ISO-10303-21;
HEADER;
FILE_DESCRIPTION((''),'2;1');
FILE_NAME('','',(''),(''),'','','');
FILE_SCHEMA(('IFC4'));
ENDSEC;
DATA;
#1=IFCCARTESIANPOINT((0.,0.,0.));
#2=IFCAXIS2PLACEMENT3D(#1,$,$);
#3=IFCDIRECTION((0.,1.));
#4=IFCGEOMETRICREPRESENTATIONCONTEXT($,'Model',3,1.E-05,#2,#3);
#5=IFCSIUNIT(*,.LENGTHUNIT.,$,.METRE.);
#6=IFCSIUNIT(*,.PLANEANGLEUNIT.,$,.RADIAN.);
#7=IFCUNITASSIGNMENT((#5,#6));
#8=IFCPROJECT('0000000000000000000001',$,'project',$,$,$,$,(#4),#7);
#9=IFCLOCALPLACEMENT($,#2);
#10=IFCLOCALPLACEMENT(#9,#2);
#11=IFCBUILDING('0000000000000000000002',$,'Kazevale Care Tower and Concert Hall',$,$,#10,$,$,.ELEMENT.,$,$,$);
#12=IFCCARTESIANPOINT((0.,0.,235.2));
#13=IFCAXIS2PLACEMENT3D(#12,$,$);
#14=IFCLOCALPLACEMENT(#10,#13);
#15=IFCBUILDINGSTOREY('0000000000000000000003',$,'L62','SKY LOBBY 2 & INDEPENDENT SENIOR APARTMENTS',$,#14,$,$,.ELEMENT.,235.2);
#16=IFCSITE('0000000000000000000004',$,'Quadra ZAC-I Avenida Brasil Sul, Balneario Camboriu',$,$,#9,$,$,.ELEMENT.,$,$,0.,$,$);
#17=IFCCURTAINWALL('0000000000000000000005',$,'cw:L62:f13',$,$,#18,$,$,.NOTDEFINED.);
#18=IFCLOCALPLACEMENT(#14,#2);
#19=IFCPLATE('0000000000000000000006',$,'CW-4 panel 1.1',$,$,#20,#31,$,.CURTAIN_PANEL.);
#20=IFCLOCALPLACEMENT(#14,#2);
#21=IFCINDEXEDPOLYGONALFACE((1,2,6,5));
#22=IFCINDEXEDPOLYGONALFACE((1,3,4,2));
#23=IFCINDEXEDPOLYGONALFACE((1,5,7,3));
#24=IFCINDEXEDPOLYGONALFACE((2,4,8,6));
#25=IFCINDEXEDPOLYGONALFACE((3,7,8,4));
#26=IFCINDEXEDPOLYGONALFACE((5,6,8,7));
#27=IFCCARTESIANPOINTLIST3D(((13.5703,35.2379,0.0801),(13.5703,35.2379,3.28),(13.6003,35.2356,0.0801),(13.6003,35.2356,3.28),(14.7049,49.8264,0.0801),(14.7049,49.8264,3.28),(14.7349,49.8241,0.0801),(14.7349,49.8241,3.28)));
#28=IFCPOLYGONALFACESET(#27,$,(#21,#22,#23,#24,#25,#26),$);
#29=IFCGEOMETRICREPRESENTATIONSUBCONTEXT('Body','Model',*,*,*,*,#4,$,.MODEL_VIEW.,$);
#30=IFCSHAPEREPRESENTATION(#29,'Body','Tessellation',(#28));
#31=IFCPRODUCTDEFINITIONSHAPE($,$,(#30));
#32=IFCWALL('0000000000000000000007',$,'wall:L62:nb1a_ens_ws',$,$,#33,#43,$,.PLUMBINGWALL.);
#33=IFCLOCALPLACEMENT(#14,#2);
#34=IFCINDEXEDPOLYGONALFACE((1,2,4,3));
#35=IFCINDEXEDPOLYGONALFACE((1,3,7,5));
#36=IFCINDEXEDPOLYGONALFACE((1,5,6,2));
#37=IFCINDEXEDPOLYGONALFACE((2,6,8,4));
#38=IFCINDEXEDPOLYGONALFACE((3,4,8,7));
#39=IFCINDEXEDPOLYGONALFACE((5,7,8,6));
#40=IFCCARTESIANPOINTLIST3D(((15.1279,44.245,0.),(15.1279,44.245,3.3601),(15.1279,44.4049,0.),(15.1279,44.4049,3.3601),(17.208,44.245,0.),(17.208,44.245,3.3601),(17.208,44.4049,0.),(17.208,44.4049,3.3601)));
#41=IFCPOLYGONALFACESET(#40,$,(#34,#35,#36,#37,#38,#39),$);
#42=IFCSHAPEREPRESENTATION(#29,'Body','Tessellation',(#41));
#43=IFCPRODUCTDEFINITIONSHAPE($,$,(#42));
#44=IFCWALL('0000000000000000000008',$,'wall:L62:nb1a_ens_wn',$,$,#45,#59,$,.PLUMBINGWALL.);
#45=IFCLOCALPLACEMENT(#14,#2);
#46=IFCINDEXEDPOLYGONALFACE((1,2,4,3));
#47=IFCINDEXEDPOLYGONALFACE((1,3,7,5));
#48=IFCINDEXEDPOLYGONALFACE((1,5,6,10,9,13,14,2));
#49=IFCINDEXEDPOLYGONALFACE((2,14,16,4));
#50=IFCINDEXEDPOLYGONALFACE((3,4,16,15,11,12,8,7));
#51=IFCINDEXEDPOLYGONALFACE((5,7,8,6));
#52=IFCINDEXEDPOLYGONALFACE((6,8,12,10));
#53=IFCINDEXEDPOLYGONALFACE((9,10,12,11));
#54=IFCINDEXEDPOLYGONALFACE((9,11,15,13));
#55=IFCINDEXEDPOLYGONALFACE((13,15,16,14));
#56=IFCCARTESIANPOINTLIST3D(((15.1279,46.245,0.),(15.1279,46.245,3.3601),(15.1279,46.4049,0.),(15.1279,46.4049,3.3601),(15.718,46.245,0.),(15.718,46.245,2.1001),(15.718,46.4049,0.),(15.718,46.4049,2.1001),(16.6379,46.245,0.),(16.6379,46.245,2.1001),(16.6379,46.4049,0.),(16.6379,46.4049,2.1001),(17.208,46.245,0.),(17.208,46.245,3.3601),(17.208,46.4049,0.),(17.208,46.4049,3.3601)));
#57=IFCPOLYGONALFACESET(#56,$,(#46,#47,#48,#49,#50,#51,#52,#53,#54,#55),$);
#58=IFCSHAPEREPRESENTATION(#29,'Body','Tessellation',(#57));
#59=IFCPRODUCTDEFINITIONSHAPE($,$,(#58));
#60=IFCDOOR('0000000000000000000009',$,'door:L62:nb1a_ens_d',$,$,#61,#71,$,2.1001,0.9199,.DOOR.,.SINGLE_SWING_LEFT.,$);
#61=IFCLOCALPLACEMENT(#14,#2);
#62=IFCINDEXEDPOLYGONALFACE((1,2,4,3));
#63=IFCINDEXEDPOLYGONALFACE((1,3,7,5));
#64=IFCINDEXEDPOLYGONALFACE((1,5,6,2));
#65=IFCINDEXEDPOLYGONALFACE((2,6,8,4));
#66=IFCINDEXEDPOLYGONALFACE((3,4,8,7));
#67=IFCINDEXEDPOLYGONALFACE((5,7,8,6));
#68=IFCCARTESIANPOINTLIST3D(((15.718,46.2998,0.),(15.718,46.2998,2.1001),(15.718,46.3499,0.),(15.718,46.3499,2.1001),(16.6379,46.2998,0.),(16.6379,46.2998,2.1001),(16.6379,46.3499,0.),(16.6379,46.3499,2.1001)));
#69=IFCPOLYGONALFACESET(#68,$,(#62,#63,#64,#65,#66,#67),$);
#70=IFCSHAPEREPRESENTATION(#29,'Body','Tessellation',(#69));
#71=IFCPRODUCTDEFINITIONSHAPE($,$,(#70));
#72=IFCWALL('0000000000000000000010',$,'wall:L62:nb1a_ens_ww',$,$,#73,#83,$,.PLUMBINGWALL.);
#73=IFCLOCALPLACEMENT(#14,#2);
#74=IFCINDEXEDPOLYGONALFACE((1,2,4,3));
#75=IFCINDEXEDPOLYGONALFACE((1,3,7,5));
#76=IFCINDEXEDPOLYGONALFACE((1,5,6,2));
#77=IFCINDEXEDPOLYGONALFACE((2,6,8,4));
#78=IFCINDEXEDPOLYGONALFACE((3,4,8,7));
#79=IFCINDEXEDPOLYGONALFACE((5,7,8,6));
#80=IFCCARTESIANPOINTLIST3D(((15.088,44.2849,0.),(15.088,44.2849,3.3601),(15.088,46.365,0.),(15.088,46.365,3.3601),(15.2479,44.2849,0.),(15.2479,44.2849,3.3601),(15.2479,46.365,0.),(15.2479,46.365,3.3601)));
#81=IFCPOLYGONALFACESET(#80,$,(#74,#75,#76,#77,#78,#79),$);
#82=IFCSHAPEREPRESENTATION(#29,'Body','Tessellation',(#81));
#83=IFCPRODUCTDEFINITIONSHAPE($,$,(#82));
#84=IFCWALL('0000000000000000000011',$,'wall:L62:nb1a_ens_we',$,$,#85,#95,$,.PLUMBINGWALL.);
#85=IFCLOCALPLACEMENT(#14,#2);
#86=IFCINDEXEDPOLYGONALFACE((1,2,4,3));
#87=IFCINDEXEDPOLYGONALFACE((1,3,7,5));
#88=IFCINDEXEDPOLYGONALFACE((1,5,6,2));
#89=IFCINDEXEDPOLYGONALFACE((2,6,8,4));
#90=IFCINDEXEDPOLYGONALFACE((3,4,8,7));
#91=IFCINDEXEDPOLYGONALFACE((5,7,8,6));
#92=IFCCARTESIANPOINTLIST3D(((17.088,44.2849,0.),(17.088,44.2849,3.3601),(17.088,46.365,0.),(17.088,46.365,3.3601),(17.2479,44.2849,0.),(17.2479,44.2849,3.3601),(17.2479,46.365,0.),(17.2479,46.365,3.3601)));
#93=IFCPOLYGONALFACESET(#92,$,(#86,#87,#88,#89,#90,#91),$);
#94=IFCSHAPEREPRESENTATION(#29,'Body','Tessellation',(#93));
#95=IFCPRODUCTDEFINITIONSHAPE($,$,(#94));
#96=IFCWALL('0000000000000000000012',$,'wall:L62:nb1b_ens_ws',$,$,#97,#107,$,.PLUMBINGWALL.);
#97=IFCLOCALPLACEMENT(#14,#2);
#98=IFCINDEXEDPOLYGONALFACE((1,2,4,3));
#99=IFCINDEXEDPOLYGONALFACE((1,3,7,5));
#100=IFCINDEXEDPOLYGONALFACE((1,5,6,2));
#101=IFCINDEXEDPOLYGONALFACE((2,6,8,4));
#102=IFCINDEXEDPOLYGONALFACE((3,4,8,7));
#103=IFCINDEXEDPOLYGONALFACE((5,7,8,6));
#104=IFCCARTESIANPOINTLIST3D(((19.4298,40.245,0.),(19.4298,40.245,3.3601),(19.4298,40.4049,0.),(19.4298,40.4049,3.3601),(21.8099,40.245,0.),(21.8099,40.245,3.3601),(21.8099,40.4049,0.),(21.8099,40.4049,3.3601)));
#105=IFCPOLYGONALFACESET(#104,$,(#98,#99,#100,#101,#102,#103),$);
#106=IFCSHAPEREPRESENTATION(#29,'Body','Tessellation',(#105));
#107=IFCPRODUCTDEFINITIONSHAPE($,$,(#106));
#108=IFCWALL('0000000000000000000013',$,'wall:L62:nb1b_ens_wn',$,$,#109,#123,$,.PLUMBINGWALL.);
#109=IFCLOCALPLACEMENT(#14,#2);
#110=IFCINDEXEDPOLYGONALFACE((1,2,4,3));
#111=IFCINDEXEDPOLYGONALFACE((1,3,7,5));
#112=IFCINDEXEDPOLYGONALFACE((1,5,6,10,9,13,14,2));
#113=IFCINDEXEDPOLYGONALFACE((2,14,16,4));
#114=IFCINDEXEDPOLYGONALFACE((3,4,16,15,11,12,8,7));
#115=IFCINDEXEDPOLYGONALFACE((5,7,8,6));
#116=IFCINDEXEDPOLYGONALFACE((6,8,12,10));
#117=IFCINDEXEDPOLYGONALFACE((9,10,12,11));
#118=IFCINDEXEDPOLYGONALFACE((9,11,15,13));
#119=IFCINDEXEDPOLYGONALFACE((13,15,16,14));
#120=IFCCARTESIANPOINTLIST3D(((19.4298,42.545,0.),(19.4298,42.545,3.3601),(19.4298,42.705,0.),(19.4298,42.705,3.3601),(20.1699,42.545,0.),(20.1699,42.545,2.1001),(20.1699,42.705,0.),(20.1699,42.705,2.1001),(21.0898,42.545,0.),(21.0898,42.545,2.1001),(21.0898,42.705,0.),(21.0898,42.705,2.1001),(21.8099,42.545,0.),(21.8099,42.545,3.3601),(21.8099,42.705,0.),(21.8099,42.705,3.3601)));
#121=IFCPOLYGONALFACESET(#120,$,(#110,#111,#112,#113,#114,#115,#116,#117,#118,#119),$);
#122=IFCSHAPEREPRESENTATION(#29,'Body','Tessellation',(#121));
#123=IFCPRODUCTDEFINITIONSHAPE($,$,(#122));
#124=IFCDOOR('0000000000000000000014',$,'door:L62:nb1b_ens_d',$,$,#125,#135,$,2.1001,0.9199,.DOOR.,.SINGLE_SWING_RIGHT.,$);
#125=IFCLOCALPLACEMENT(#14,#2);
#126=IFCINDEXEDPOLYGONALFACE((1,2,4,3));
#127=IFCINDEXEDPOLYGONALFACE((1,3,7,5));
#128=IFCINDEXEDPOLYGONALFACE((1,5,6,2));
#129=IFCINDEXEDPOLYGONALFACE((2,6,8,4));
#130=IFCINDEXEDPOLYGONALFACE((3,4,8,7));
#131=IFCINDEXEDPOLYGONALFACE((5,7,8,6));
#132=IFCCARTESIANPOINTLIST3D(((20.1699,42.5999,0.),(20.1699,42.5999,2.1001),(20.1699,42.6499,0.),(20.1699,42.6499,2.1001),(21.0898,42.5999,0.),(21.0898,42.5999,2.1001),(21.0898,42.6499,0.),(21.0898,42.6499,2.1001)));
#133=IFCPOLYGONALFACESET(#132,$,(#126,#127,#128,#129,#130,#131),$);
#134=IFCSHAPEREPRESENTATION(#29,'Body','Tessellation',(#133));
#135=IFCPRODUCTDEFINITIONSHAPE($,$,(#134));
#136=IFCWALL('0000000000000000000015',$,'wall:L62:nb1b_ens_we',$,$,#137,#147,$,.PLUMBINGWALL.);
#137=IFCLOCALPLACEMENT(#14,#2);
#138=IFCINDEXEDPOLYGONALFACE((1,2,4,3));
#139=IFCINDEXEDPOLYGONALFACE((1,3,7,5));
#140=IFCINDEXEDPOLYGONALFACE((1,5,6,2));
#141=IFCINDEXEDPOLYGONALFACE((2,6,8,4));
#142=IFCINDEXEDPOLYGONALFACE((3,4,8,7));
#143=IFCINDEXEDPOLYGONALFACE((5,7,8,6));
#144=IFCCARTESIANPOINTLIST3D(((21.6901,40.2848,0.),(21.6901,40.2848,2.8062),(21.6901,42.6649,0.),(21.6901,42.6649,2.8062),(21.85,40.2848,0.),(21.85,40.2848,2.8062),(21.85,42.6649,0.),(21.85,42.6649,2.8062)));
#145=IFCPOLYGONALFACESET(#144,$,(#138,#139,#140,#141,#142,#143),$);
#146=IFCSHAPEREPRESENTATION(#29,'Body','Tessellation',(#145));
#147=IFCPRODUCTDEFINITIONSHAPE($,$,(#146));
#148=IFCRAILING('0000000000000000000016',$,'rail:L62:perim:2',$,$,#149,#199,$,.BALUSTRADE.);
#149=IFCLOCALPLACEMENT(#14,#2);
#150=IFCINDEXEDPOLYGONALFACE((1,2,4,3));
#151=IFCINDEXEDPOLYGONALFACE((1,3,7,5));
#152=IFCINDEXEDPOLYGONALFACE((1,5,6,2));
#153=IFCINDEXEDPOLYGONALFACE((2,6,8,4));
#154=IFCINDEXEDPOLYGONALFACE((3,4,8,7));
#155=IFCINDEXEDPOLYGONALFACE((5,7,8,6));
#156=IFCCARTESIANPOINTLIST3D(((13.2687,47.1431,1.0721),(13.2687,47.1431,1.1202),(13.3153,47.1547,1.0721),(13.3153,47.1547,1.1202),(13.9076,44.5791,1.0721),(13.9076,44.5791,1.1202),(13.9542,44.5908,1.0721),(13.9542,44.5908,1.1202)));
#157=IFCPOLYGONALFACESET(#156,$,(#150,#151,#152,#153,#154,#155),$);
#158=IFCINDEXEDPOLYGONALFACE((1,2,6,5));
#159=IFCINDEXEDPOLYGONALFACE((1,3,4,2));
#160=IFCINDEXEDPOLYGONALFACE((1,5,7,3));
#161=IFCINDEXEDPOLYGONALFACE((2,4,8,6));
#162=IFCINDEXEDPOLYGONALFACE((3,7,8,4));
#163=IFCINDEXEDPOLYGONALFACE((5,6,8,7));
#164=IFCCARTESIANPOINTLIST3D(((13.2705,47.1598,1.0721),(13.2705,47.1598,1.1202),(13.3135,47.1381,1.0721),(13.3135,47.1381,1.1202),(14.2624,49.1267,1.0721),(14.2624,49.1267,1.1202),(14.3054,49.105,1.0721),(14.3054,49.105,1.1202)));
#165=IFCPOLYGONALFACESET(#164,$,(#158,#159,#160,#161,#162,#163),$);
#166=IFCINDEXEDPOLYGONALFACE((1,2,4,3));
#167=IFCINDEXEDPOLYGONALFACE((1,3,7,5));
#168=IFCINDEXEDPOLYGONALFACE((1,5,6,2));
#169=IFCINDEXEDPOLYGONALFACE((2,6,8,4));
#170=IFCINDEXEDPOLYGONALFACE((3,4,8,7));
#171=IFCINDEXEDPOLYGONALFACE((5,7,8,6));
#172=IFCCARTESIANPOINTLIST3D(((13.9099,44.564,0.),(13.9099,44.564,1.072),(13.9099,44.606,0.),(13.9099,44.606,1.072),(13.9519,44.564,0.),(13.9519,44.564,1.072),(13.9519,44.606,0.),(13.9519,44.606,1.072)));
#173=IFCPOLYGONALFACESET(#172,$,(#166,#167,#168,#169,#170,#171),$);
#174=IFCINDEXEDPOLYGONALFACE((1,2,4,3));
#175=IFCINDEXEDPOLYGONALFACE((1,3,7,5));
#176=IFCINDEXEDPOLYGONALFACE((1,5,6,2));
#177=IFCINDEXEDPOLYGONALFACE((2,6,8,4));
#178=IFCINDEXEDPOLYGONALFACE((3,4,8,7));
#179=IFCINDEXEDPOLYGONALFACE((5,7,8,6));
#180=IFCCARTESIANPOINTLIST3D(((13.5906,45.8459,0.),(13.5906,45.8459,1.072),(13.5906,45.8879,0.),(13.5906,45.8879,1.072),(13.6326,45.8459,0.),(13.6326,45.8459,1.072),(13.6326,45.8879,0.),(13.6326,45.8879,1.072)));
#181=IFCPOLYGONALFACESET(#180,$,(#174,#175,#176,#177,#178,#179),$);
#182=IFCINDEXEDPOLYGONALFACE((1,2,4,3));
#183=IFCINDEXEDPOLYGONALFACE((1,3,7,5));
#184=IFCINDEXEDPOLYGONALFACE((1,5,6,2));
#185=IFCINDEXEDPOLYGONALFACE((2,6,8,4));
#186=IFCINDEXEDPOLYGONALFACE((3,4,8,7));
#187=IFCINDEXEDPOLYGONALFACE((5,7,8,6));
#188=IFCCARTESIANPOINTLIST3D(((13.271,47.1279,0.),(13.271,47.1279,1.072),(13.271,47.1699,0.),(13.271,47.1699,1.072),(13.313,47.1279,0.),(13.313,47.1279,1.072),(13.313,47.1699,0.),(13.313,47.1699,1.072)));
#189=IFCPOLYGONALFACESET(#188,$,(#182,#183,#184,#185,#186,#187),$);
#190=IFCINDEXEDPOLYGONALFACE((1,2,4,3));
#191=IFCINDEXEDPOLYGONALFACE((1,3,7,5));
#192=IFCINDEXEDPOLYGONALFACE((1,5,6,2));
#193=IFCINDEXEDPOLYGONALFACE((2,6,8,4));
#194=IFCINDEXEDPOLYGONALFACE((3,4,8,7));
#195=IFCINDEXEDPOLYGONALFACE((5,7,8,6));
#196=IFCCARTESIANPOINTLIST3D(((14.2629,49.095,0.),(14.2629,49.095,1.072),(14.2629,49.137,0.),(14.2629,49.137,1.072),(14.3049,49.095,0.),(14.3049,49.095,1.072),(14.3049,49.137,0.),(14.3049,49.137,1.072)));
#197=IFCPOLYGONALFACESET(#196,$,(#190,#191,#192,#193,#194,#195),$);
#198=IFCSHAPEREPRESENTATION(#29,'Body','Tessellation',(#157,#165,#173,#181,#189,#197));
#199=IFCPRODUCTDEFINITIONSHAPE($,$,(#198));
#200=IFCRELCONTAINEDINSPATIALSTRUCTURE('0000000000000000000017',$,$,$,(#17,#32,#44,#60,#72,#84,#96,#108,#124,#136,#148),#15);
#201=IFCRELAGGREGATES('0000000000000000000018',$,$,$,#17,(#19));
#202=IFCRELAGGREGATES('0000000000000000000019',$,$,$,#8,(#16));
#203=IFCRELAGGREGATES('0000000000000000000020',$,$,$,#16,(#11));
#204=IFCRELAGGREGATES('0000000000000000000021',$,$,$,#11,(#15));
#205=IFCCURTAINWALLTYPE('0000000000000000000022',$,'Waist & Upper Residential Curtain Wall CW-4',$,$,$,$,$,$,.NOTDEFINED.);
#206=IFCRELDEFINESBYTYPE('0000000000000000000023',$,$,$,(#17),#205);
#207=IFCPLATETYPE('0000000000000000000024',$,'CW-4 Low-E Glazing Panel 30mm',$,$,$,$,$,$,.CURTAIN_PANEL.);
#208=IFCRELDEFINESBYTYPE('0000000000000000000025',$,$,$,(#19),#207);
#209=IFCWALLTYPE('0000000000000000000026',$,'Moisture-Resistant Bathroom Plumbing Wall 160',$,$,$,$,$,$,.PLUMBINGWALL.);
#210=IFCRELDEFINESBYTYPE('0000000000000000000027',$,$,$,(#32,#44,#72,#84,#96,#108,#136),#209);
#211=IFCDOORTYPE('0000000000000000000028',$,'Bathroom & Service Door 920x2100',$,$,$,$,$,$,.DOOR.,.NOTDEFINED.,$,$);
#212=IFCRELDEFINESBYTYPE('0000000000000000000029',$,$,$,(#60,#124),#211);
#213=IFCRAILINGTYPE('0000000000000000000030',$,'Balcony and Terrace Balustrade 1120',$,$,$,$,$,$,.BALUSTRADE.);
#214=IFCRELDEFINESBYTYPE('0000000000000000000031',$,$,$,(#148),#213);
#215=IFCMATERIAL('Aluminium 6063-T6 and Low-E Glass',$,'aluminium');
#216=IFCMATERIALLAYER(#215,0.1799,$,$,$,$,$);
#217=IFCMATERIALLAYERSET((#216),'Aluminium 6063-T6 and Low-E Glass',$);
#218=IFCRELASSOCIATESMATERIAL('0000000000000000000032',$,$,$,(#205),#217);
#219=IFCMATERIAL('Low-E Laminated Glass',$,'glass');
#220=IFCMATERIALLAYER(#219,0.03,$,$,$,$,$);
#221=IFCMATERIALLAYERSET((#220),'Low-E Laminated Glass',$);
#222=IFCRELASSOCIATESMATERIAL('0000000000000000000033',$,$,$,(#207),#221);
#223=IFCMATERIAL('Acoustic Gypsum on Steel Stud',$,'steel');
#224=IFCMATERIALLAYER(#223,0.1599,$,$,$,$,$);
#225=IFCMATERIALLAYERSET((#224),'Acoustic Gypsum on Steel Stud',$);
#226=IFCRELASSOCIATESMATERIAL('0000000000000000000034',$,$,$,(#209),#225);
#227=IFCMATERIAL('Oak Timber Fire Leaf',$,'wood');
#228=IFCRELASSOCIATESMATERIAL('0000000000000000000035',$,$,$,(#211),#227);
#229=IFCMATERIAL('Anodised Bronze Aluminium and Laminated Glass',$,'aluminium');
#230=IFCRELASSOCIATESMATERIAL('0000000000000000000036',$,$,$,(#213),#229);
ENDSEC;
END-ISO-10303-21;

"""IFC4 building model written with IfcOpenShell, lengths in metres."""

from ifc_helpers import new_model, si_unit, direction, frame, frame_2d, origin, origin_2d, place, context, subcontext, project, spatial, rectangle, extrude, material, layer, layer_set, type_object, element, fill, aggregate, save


model = new_model("IFC4")

# Units and contexts
model_context = context("Model", 3, precision=1e-05, world=origin(), true_north=direction((0.0, 1.0)))
body_context = subcontext(model_context, "Body", "Model", "MODEL_VIEW")
ifc_project = project(units=[si_unit("LENGTHUNIT", "METRE"), si_unit("PLANEANGLEUNIT", "RADIAN")], contexts=[model_context])

# Site, building, storey
site_placement = place(None, origin())
site = spatial("IfcSite", under=ifc_project, at=site_placement, Name="Quadra ZAC-I Avenida Brasil Sul, Balneario Camboriu", CompositionType="ELEMENT", RefElevation=0.0)
building_placement = place(site_placement, origin())
building = spatial("IfcBuilding", under=site, at=building_placement, Name="Kazevale Care Tower and Concert Hall", CompositionType="ELEMENT")
storey_placement = place(building_placement, frame((0.0, 0.0, 235.2)))
storey = spatial("IfcBuildingStorey", under=building, at=storey_placement, Name="L62", Description="SKY LOBBY 2 & INDEPENDENT SENIOR APARTMENTS", CompositionType="ELEMENT", Elevation=235.2)

# Curtain wall
ifc_material_1 = material(Name="Aluminium 6063-T6 and Low-E Glass", Category="aluminium")
ifc_layer_1 = layer(ifc_material_1, 0.1799)
ifc_layer_set_1 = layer_set([ifc_layer_1], Name="Aluminium 6063-T6 and Low-E Glass")
curtain_wall_type = type_object("IfcCurtainWallType", Name="Waist & Upper Residential Curtain Wall CW-4", PredefinedType="NOTDEFINED", material=ifc_layer_set_1)
curtain_wall_1_placement = place(storey_placement, origin())
curtain_wall_1 = element("IfcCurtainWall", 1, at=curtain_wall_1_placement, inside=storey, type_object=curtain_wall_type, Name="cw:L62:f13", PredefinedType="NOTDEFINED")

# Plate
ifc_material_2 = material(Name="Low-E Laminated Glass", Category="glass")
ifc_layer_2 = layer(ifc_material_2, 0.03)
ifc_layer_set_2 = layer_set([ifc_layer_2], Name="Low-E Laminated Glass")
plate_type = type_object("IfcPlateType", Name="CW-4 Low-E Glazing Panel 30mm", PredefinedType="CURTAIN_PANEL", material=ifc_layer_set_2)
plate_placement = place(storey_placement, frame((14.1526, 42.531, 0.0801), z_axis=(0.0, 0.0, 1.0), x_axis=(0.077539, 0.996989, 0.0)))
plate = element("IfcPlate", 2, at=plate_placement, type_object=plate_type, Name="CW-4 panel 1.1", PredefinedType="CURTAIN_PANEL", context=body_context, shape_type="SweptSolid", body=[
    extrude(rectangle(XDim=14.6326, YDim=0.03, at=origin_2d()), origin(), (0.0, 0.0, 1.0), 3.2),
])
aggregate(curtain_wall_1, [plate])

# Wall
ifc_material_3 = material(Name="Acoustic Gypsum on Steel Stud", Category="steel")
ifc_layer_3 = layer(ifc_material_3, 0.1599)
ifc_layer_set_3 = layer_set([ifc_layer_3], Name="Acoustic Gypsum on Steel Stud")
wall_type = type_object("IfcWallType", Name="Moisture-Resistant Bathroom Plumbing Wall 160", PredefinedType="PLUMBINGWALL", material=ifc_layer_set_3)
wall_1_placement = place(storey_placement, frame((15.1279, 44.325, 0.0), z_axis=(0.0, 0.0, 1.0), x_axis=(1.0, 0.0, 0.0)))
element("IfcWall", 3, at=wall_1_placement, inside=storey, type_object=wall_type, Name="wall:L62:nb1a_ens_ws", PredefinedType="PLUMBINGWALL", context=body_context, shape_type="SweptSolid", body=[
    extrude(rectangle(XDim=2.0801, YDim=0.1599, at=frame_2d((1.04, 0.0))), origin(), (0.0, 0.0, 1.0), 3.3601),
])

# Wall, opening, door
wall_2_placement = place(storey_placement, frame((15.1279, 46.325, 0.0), z_axis=(0.0, 0.0, 1.0), x_axis=(1.0, 0.0, 0.0)))
wall_2 = element("IfcWall", 4, at=wall_2_placement, inside=storey, type_object=wall_type, Name="wall:L62:nb1a_ens_wn", PredefinedType="PLUMBINGWALL", context=body_context, shape_type="SweptSolid", body=[
    extrude(rectangle(XDim=2.0801, YDim=0.1599, at=frame_2d((1.04, 0.0))), origin(), (0.0, 0.0, 1.0), 3.3601),
])
opening_1_placement = place(wall_2_placement, frame((0.5901, 0.0, 0.0)))
opening_1 = element("IfcOpeningElement", 5, at=opening_1_placement, cuts=wall_2, PredefinedType="OPENING", context=body_context, shape_type="SweptSolid", body=[
    extrude(rectangle(XDim=0.9199, YDim=2.1001, at=frame_2d((0.46, 1.05))), frame((0.0, 0.0898, 0.0), z_axis=(0.0, -1.0, 0.0), x_axis=(1.0, 0.0, 0.0)), (0.0, 0.0, 1.0), 0.1799),
])
ifc_material_4 = material(Name="Oak Timber Fire Leaf", Category="wood")
door_type = type_object("IfcDoorType", Name="Bathroom & Service Door 920x2100", OperationType="NOTDEFINED", PredefinedType="DOOR", material=ifc_material_4)
door_1_placement = place(opening_1_placement, origin())
door_1 = element("IfcDoor", 6, at=door_1_placement, inside=storey, type_object=door_type, Name="door:L62:nb1a_ens_d", OperationType="SINGLE_SWING_LEFT", OverallHeight=2.1001, OverallWidth=0.9199, PredefinedType="DOOR", context=body_context, shape_type="SweptSolid", body=[
    extrude(rectangle(XDim=0.9199, YDim=2.1001, at=frame_2d((0.46, 1.05))), frame((0.0, 0.0249, 0.0), z_axis=(0.0, -1.0, 0.0), x_axis=(1.0, 0.0, 0.0)), (0.0, 0.0, 1.0), 0.05),
])
fill(opening_1, door_1)

# Walls
for number, where, z_axis, x_axis, name in (
    (7, (15.168, 44.2849, 0.0), (0.0, 0.0, 1.0), (0.0, 1.0, 0.0), "wall:L62:nb1a_ens_ww"),
    (8, (17.168, 44.2849, 0.0), (0.0, 0.0, 1.0), (0.0, 1.0, 0.0), "wall:L62:nb1a_ens_we"),
):
    element("IfcWall", number, at=place(storey_placement, frame(where, z_axis=z_axis, x_axis=x_axis)), inside=storey, type_object=wall_type, Name=name, PredefinedType="PLUMBINGWALL", context=body_context, shape_type="SweptSolid", body=[
        extrude(rectangle(XDim=2.0801, YDim=0.1599, at=frame_2d((1.04, 0.0))), origin(), (0.0, 0.0, 1.0), 3.3601),
    ])
wall_3_placement = place(storey_placement, frame((19.4299, 40.325, 0.0), z_axis=(0.0, 0.0, 1.0), x_axis=(1.0, 0.0, 0.0)))
element("IfcWall", 9, at=wall_3_placement, inside=storey, type_object=wall_type, Name="wall:L62:nb1b_ens_ws", PredefinedType="PLUMBINGWALL", context=body_context, shape_type="SweptSolid", body=[
    extrude(rectangle(XDim=2.3801, YDim=0.1599, at=frame_2d((1.1899, 0.0))), origin(), (0.0, 0.0, 1.0), 3.3601),
])

# Wall, opening, door
wall_4_placement = place(storey_placement, frame((19.4299, 42.625, 0.0), z_axis=(0.0, 0.0, 1.0), x_axis=(1.0, 0.0, 0.0)))
wall_4 = element("IfcWall", 10, at=wall_4_placement, inside=storey, type_object=wall_type, Name="wall:L62:nb1b_ens_wn", PredefinedType="PLUMBINGWALL", context=body_context, shape_type="SweptSolid", body=[
    extrude(rectangle(XDim=2.3801, YDim=0.1599, at=frame_2d((1.1899, 0.0))), origin(), (0.0, 0.0, 1.0), 3.3601),
])
opening_2_placement = place(wall_4_placement, frame((0.74, 0.0, 0.0)))
opening_2 = element("IfcOpeningElement", 11, at=opening_2_placement, cuts=wall_4, PredefinedType="OPENING", context=body_context, shape_type="SweptSolid", body=[
    extrude(rectangle(XDim=0.9199, YDim=2.1001, at=frame_2d((0.46, 1.05))), frame((0.0, 0.0898, 0.0), z_axis=(0.0, -1.0, 0.0), x_axis=(1.0, 0.0, 0.0)), (0.0, 0.0, 1.0), 0.1799),
])
door_2_placement = place(opening_2_placement, origin())
door_2 = element("IfcDoor", 12, at=door_2_placement, inside=storey, type_object=door_type, Name="door:L62:nb1b_ens_d", OperationType="SINGLE_SWING_RIGHT", OverallHeight=2.1001, OverallWidth=0.9199, PredefinedType="DOOR", context=body_context, shape_type="SweptSolid", body=[
    extrude(rectangle(XDim=0.9199, YDim=2.1001, at=frame_2d((0.46, 1.05))), frame((0.0, 0.0249, 0.0), z_axis=(0.0, -1.0, 0.0), x_axis=(1.0, 0.0, 0.0)), (0.0, 0.0, 1.0), 0.05),
])
fill(opening_2, door_2)

# Wall
wall_5_placement = place(storey_placement, frame((21.77, 40.2849, 0.0), z_axis=(0.0, 0.0, 1.0), x_axis=(0.0, 1.0, 0.0)))
element("IfcWall", 13, at=wall_5_placement, inside=storey, type_object=wall_type, Name="wall:L62:nb1b_ens_we", PredefinedType="PLUMBINGWALL", context=body_context, shape_type="SweptSolid", body=[
    extrude(rectangle(XDim=2.3801, YDim=0.1599, at=frame_2d((1.1899, 0.0))), origin(), (0.0, 0.0, 1.0), 2.8062),
])

# Railing
ifc_material_5 = material(Name="Anodised Bronze Aluminium and Laminated Glass", Category="aluminium")
railing_type = type_object("IfcRailingType", Name="Balcony and Terrace Balustrade 1120", PredefinedType="BALUSTRADE", material=ifc_material_5)
railing_1_placement = place(storey_placement, frame((13.9309, 44.585, 0.0)))
element("IfcRailing", 14, at=railing_1_placement, inside=storey, type_object=railing_type, Name="rail:L62:perim:2", PredefinedType="BALUSTRADE", context=body_context, shape_type="SweptSolid", body=[
    extrude(rectangle(XDim=0.0481, YDim=0.0481, at=origin_2d()), frame((0.0, 0.0, 1.0962), z_axis=(-0.241796, 0.970327, 0.0), x_axis=(-0.970327, -0.241796, 0.0)), (0.0, 0.0, 1.0), 2.6423),
    extrude(rectangle(XDim=0.0481, YDim=0.0481, at=origin_2d()), frame((-0.6389, 2.564, 1.0962), z_axis=(0.45027, 0.892893, 0.0), x_axis=(-0.892893, 0.45027, 0.0)), (0.0, 0.0, 1.0), 2.2029),
    extrude(rectangle(XDim=0.042, YDim=0.042, at=origin_2d()), origin(), (0.0, 0.0, 1.0), 1.072),
    extrude(rectangle(XDim=0.042, YDim=0.042, at=origin_2d()), frame((-0.3193, 1.282, 0.0)), (0.0, 0.0, 1.0), 1.072),
    extrude(rectangle(XDim=0.042, YDim=0.042, at=origin_2d()), frame((-0.6389, 2.564, 0.0)), (0.0, 0.0, 1.0), 1.072),
    extrude(rectangle(XDim=0.042, YDim=0.042, at=origin_2d()), frame((0.353, 4.531, 0.0)), (0.0, 0.0, 1.0), 1.072),
])

save(model, "model.ifc")
